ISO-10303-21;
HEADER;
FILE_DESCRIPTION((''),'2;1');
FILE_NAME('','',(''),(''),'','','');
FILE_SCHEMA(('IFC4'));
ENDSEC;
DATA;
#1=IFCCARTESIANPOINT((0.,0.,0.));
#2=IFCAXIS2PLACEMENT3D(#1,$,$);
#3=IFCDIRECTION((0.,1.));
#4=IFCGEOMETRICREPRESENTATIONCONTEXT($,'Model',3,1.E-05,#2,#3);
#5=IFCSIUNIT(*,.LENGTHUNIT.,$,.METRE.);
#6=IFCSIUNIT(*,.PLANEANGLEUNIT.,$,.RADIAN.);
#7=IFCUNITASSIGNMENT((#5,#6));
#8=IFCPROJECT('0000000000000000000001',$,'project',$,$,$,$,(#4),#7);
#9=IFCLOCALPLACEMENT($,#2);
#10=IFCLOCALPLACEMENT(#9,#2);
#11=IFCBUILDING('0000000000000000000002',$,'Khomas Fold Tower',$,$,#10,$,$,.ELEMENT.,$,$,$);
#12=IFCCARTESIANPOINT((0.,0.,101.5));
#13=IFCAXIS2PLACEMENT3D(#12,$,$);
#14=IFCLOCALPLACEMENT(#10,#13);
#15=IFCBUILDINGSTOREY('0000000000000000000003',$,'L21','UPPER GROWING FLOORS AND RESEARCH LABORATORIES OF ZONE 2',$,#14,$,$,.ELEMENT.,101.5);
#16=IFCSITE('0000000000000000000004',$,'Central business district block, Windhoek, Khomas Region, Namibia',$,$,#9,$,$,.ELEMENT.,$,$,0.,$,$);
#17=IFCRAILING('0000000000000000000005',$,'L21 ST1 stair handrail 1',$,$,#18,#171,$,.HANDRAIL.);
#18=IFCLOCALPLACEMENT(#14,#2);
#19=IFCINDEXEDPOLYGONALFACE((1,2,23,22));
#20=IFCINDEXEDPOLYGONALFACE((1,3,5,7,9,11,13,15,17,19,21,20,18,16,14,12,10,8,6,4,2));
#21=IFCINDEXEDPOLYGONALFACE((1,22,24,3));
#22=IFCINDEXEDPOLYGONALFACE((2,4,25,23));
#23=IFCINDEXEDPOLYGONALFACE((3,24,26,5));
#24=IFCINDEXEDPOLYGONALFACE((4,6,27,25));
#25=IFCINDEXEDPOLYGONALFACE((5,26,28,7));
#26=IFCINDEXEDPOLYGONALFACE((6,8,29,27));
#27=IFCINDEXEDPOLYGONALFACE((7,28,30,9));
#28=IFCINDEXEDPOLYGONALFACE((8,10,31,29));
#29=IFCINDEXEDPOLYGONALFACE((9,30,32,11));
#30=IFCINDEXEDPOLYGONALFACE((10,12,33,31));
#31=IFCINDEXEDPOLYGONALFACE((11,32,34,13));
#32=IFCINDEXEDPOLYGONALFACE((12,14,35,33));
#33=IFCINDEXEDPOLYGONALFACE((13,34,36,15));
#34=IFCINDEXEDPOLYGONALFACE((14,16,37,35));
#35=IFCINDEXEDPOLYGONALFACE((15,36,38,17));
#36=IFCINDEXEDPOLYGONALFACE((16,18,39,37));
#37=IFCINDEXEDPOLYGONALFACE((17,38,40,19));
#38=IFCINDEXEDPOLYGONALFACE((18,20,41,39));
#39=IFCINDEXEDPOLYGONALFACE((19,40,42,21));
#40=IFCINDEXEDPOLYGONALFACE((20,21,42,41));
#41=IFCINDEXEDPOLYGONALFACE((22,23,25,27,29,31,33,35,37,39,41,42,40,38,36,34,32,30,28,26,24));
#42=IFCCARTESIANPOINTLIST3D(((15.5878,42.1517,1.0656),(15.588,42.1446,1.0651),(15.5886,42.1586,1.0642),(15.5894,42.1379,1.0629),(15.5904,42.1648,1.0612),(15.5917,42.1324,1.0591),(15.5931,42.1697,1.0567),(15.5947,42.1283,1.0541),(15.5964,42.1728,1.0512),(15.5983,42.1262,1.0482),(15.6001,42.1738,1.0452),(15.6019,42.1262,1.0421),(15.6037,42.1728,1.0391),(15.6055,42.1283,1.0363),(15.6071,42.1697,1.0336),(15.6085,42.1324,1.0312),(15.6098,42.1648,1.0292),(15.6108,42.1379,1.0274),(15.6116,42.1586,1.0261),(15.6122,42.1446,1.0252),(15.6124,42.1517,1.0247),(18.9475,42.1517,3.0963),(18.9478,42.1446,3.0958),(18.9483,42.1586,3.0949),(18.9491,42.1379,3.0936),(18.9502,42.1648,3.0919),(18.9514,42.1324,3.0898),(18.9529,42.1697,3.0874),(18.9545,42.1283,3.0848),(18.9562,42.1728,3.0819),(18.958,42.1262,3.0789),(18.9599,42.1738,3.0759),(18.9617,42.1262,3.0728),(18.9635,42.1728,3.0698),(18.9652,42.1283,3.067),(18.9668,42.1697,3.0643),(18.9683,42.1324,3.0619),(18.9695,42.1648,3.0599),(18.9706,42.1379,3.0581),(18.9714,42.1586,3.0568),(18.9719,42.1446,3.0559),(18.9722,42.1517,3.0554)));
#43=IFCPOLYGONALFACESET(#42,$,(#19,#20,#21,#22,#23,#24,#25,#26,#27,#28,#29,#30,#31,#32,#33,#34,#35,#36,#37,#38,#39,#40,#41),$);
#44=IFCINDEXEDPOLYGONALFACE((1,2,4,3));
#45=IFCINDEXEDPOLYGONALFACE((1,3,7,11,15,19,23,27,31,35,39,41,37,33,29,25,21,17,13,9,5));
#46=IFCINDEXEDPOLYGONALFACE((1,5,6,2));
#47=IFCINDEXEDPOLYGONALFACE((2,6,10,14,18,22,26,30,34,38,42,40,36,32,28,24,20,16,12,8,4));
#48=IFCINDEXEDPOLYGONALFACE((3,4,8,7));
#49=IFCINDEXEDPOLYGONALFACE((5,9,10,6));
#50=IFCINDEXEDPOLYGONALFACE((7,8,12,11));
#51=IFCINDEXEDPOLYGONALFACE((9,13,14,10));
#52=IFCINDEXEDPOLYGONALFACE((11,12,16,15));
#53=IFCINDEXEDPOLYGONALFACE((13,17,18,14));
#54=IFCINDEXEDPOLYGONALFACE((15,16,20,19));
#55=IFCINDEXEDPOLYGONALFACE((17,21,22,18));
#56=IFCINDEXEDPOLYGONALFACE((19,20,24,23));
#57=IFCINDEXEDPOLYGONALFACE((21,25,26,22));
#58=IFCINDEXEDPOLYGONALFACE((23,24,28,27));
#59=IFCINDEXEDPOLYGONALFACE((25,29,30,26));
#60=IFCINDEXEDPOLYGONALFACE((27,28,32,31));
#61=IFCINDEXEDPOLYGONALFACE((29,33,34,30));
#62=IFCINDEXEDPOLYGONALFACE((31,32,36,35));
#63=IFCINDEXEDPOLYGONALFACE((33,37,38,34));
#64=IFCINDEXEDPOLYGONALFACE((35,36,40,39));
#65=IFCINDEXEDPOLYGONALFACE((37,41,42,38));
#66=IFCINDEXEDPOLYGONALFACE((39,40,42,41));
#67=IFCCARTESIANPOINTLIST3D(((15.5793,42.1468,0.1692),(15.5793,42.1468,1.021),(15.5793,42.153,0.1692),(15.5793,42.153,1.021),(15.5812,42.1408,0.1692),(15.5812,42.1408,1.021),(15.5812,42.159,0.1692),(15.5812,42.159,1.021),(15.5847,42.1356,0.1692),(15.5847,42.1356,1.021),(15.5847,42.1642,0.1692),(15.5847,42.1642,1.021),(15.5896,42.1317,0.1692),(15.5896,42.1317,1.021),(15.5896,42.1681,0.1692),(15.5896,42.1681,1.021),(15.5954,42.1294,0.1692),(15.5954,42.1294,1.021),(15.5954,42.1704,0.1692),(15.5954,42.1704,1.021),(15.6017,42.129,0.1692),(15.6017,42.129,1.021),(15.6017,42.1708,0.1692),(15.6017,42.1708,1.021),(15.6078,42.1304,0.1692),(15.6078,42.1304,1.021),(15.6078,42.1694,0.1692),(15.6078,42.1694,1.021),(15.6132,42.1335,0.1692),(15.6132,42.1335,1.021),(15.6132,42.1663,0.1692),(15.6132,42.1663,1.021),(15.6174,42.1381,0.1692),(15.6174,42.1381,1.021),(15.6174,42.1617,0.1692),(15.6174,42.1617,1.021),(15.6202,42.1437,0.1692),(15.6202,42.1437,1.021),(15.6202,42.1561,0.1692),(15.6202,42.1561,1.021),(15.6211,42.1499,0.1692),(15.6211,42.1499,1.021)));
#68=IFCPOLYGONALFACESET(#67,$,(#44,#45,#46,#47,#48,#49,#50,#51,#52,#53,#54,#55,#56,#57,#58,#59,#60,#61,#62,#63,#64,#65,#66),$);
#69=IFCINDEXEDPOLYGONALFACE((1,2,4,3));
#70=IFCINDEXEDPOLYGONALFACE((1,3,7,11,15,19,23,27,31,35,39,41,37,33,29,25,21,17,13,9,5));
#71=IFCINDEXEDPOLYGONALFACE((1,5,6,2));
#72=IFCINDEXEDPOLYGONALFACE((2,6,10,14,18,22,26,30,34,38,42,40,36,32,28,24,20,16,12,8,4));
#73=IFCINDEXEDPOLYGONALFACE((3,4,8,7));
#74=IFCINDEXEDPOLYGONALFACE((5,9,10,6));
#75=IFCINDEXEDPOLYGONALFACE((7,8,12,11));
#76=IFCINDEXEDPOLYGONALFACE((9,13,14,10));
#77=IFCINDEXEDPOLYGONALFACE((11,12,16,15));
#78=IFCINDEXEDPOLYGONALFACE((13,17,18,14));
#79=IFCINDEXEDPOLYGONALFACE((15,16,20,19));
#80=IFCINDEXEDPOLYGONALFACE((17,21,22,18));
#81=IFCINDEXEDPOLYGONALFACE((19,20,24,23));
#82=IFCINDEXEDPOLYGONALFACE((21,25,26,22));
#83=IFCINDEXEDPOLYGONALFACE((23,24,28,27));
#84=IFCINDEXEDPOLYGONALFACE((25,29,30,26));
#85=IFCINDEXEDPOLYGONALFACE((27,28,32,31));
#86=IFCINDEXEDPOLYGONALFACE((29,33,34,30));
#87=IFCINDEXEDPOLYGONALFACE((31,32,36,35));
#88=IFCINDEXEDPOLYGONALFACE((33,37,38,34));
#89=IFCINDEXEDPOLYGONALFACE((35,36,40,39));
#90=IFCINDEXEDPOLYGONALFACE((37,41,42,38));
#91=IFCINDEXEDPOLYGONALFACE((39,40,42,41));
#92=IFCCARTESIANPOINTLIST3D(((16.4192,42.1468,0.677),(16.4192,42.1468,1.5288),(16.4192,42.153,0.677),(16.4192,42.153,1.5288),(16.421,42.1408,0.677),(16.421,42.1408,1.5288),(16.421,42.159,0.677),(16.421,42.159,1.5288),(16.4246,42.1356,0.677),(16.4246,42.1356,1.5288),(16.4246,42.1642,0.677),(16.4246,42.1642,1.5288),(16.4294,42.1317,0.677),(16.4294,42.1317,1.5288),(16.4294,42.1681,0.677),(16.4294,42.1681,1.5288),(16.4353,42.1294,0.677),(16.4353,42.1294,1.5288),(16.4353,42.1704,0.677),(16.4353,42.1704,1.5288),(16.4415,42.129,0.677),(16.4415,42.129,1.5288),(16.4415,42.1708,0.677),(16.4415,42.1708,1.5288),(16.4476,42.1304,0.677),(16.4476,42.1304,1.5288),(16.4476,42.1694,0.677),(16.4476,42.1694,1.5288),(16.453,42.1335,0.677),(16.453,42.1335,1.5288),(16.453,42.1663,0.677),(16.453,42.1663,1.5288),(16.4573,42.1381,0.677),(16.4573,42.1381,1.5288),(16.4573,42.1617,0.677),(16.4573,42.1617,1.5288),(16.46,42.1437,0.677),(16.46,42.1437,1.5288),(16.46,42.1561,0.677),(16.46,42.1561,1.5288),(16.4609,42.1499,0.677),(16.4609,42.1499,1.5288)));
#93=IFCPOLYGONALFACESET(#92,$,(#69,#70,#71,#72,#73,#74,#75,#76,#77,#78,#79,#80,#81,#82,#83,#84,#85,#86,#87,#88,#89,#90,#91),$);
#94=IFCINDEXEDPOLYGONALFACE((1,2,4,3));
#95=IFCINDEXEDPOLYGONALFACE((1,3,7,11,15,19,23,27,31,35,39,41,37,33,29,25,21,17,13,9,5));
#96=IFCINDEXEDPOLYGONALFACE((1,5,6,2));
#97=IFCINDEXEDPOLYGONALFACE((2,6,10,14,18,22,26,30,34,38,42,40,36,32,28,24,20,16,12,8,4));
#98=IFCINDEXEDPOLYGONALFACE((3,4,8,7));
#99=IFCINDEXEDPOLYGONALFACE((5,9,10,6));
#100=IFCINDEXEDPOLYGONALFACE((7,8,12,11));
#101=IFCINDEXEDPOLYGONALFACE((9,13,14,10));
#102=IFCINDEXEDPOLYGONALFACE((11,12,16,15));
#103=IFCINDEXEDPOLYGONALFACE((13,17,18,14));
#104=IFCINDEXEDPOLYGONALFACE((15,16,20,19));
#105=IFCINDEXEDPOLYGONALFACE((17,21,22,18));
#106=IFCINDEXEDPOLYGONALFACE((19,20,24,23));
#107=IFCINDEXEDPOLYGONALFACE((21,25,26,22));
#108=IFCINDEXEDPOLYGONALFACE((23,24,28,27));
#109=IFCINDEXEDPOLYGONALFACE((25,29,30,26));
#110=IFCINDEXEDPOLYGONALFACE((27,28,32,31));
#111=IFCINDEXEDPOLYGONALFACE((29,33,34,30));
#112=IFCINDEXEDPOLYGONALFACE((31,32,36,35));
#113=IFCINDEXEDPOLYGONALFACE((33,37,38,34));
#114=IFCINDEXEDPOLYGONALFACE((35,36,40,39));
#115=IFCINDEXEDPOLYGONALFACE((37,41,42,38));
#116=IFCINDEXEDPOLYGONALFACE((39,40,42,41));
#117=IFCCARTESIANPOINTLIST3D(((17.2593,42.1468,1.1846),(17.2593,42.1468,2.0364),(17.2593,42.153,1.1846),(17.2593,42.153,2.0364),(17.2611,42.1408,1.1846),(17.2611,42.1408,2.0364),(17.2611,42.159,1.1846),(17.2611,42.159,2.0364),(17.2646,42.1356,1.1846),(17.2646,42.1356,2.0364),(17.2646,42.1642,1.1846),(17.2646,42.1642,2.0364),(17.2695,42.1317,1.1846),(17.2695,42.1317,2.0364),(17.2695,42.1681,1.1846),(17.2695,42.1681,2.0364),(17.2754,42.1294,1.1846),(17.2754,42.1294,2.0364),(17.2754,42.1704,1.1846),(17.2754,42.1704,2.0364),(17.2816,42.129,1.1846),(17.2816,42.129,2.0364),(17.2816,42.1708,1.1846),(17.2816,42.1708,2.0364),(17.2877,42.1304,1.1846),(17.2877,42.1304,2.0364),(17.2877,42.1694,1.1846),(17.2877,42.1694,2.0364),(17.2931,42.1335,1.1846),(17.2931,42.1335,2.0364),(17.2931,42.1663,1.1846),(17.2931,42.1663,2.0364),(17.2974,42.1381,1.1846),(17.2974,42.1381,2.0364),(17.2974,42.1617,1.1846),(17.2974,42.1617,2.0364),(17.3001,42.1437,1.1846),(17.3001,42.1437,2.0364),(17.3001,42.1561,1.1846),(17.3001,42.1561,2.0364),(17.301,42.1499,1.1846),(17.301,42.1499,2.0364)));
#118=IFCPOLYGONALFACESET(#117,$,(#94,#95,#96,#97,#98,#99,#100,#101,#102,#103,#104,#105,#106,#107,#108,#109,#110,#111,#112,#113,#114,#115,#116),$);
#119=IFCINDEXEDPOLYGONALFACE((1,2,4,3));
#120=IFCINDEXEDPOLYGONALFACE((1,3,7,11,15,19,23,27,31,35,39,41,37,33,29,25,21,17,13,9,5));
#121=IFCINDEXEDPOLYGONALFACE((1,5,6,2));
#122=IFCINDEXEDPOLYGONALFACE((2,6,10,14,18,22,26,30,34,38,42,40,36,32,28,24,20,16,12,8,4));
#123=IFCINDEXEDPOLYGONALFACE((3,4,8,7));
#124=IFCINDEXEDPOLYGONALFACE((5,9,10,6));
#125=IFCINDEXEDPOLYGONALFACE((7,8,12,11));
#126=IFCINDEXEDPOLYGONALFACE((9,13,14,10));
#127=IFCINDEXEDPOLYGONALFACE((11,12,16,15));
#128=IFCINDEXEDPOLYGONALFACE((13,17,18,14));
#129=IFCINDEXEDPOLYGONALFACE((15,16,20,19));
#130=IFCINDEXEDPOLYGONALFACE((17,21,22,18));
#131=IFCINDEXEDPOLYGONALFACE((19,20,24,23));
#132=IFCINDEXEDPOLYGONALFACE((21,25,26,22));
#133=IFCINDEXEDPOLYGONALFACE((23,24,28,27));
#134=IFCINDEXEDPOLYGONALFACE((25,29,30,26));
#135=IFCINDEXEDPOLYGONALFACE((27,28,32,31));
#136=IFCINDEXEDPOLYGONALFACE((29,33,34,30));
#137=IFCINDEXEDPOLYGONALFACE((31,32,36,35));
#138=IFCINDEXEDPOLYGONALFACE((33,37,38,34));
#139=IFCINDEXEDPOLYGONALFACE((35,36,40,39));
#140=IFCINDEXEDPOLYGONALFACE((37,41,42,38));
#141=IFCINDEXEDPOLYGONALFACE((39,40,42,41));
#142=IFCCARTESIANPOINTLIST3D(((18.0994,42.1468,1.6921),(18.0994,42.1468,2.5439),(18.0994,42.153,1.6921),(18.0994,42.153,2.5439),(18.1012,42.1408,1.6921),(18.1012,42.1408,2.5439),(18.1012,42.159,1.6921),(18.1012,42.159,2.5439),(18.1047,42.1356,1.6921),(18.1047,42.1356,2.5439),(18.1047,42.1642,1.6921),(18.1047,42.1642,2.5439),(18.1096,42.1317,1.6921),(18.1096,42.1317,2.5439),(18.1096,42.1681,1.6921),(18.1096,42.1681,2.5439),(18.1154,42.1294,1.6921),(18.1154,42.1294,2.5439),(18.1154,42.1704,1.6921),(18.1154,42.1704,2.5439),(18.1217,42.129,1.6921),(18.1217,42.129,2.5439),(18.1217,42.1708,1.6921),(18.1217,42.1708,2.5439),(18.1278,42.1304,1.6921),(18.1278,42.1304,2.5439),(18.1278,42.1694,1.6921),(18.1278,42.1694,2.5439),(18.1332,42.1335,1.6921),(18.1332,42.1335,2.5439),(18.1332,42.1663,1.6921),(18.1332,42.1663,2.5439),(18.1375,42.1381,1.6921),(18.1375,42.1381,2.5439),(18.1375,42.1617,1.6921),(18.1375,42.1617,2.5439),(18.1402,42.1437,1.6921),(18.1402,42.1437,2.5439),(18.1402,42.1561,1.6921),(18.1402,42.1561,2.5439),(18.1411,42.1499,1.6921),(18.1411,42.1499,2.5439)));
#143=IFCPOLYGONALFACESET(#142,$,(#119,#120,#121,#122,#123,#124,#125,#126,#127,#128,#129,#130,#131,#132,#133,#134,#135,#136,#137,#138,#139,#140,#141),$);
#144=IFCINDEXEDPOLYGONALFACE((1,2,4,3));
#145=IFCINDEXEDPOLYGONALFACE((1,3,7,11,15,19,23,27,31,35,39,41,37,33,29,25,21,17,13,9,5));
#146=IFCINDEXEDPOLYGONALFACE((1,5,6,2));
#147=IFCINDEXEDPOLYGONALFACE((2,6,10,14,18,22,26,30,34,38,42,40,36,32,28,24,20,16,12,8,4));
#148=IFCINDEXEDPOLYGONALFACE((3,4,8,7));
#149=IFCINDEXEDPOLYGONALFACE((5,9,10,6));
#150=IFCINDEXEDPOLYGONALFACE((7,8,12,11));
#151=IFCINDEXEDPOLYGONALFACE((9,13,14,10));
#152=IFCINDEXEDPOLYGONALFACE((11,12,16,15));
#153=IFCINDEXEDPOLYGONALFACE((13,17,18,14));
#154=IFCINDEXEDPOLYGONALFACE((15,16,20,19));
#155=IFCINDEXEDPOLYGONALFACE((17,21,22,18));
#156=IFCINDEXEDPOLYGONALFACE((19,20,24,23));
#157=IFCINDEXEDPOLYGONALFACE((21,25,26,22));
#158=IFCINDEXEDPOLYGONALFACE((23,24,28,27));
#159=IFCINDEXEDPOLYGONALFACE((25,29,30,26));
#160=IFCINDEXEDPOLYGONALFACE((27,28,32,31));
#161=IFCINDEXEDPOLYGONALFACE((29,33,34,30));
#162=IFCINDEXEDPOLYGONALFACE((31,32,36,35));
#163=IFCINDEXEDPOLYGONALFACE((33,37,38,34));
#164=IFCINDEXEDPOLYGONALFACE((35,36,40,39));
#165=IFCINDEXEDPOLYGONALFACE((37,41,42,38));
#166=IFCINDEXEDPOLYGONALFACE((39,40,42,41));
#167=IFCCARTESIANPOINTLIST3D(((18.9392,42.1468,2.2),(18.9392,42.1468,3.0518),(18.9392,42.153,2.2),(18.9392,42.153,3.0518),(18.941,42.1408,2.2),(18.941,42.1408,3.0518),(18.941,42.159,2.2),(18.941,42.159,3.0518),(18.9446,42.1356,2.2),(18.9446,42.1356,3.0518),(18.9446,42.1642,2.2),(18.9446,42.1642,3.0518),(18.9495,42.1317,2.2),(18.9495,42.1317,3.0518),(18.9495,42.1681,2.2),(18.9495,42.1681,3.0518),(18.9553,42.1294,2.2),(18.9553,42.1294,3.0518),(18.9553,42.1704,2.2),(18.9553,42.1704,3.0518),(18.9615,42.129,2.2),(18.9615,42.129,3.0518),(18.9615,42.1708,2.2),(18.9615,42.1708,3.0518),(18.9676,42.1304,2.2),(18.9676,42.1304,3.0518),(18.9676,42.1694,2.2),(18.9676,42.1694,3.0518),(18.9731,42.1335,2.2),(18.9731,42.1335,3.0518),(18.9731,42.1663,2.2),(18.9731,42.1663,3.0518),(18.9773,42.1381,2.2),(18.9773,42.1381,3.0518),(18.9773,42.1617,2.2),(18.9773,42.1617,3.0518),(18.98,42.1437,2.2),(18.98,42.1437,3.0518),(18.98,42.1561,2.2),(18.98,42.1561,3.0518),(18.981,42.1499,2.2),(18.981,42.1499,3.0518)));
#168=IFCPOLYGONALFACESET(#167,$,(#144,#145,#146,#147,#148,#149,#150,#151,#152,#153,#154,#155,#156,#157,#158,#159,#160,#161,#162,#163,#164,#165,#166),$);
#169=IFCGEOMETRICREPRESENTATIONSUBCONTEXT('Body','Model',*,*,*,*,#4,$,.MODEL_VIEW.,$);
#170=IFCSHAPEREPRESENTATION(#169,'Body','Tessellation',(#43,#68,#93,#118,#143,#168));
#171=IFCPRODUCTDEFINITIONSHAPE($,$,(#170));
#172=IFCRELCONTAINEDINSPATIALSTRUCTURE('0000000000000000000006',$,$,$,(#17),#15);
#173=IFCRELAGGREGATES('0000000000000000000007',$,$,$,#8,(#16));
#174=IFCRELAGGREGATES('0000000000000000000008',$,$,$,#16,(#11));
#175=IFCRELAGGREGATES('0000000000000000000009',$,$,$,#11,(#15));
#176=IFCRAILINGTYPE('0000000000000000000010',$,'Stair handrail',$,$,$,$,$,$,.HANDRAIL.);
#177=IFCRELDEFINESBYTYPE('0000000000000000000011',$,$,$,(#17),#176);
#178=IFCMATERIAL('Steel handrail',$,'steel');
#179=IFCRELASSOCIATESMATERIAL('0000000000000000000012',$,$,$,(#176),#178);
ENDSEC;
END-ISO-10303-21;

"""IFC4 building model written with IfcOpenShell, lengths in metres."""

from ifc_helpers import new_model, si_unit, direction, frame, origin, origin_2d, place, context, subcontext, project, spatial, circle, extrude, source, transform, mapped, material, type_object, element, save


model = new_model("IFC4")

# Units and contexts
model_context = context("Model", 3, precision=1e-05, world=origin(), true_north=direction((0.0, 1.0)))
body_context = subcontext(model_context, "Body", "Model", "MODEL_VIEW")
ifc_project = project(units=[si_unit("LENGTHUNIT", "METRE"), si_unit("PLANEANGLEUNIT", "RADIAN")], contexts=[model_context])

# Site, building, storey
site_placement = place(None, origin())
site = spatial("IfcSite", under=ifc_project, at=site_placement, Name="Central business district block, Windhoek, Khomas Region, Namibia", CompositionType="ELEMENT", RefElevation=0.0)
building_placement = place(site_placement, origin())
building = spatial("IfcBuilding", under=site, at=building_placement, Name="Khomas Fold Tower", CompositionType="ELEMENT")
storey_placement = place(building_placement, frame((0.0, 0.0, 101.5)))
storey = spatial("IfcBuildingStorey", under=building, at=storey_placement, Name="L21", Description="UPPER GROWING FLOORS AND RESEARCH LABORATORIES OF ZONE 2", CompositionType="ELEMENT", Elevation=101.5)

# Railing
ifc_material_1 = material(Name="Steel handrail", Category="steel")
railing_type_1 = type_object("IfcRailingType", Name="Stair handrail", PredefinedType="HANDRAIL", material=ifc_material_1)
shared_shape_1 = source(origin(), body_context, "Body", "SweptSolid", [
    extrude(circle(Radius=0.0239, at=origin_2d()), frame((0.0, 0.0, 0.876), z_axis=(0.85582, 0.0, 0.517273), x_axis=(0.0, 1.0, 0.0)), (0.0, 0.0, 1.0), 3.9258),
    extrude(circle(Radius=0.021, at=origin_2d()), origin(), (0.0, 0.0, 1.0), 0.8518),
    extrude(circle(Radius=0.021, at=origin_2d()), frame((0.8398, 0.0, 0.5078)), (0.0, 0.0, 1.0), 0.8518),
    extrude(circle(Radius=0.021, at=origin_2d()), frame((1.6799, 0.0, 1.0154)), (0.0, 0.0, 1.0), 0.8518),
    extrude(circle(Radius=0.021, at=origin_2d()), frame((2.52, 0.0, 1.5229)), (0.0, 0.0, 1.0), 0.8518),
    extrude(circle(Radius=0.021, at=origin_2d()), frame((3.3599, 0.0, 2.0308)), (0.0, 0.0, 1.0), 0.8518),
])
railing_1_placement = place(storey_placement, frame((15.6001, 42.1499, 0.1692)))
element("IfcRailing", 1, at=railing_1_placement, inside=storey, type_object=railing_type_1, Name="L21 ST1 stair handrail 1", PredefinedType="HANDRAIL", context=body_context, shape_type="MappedRepresentation", body=[
    mapped(shared_shape_1, transform((0.0, 0.0, 0.0))),
])

save(model, "model.ifc")
